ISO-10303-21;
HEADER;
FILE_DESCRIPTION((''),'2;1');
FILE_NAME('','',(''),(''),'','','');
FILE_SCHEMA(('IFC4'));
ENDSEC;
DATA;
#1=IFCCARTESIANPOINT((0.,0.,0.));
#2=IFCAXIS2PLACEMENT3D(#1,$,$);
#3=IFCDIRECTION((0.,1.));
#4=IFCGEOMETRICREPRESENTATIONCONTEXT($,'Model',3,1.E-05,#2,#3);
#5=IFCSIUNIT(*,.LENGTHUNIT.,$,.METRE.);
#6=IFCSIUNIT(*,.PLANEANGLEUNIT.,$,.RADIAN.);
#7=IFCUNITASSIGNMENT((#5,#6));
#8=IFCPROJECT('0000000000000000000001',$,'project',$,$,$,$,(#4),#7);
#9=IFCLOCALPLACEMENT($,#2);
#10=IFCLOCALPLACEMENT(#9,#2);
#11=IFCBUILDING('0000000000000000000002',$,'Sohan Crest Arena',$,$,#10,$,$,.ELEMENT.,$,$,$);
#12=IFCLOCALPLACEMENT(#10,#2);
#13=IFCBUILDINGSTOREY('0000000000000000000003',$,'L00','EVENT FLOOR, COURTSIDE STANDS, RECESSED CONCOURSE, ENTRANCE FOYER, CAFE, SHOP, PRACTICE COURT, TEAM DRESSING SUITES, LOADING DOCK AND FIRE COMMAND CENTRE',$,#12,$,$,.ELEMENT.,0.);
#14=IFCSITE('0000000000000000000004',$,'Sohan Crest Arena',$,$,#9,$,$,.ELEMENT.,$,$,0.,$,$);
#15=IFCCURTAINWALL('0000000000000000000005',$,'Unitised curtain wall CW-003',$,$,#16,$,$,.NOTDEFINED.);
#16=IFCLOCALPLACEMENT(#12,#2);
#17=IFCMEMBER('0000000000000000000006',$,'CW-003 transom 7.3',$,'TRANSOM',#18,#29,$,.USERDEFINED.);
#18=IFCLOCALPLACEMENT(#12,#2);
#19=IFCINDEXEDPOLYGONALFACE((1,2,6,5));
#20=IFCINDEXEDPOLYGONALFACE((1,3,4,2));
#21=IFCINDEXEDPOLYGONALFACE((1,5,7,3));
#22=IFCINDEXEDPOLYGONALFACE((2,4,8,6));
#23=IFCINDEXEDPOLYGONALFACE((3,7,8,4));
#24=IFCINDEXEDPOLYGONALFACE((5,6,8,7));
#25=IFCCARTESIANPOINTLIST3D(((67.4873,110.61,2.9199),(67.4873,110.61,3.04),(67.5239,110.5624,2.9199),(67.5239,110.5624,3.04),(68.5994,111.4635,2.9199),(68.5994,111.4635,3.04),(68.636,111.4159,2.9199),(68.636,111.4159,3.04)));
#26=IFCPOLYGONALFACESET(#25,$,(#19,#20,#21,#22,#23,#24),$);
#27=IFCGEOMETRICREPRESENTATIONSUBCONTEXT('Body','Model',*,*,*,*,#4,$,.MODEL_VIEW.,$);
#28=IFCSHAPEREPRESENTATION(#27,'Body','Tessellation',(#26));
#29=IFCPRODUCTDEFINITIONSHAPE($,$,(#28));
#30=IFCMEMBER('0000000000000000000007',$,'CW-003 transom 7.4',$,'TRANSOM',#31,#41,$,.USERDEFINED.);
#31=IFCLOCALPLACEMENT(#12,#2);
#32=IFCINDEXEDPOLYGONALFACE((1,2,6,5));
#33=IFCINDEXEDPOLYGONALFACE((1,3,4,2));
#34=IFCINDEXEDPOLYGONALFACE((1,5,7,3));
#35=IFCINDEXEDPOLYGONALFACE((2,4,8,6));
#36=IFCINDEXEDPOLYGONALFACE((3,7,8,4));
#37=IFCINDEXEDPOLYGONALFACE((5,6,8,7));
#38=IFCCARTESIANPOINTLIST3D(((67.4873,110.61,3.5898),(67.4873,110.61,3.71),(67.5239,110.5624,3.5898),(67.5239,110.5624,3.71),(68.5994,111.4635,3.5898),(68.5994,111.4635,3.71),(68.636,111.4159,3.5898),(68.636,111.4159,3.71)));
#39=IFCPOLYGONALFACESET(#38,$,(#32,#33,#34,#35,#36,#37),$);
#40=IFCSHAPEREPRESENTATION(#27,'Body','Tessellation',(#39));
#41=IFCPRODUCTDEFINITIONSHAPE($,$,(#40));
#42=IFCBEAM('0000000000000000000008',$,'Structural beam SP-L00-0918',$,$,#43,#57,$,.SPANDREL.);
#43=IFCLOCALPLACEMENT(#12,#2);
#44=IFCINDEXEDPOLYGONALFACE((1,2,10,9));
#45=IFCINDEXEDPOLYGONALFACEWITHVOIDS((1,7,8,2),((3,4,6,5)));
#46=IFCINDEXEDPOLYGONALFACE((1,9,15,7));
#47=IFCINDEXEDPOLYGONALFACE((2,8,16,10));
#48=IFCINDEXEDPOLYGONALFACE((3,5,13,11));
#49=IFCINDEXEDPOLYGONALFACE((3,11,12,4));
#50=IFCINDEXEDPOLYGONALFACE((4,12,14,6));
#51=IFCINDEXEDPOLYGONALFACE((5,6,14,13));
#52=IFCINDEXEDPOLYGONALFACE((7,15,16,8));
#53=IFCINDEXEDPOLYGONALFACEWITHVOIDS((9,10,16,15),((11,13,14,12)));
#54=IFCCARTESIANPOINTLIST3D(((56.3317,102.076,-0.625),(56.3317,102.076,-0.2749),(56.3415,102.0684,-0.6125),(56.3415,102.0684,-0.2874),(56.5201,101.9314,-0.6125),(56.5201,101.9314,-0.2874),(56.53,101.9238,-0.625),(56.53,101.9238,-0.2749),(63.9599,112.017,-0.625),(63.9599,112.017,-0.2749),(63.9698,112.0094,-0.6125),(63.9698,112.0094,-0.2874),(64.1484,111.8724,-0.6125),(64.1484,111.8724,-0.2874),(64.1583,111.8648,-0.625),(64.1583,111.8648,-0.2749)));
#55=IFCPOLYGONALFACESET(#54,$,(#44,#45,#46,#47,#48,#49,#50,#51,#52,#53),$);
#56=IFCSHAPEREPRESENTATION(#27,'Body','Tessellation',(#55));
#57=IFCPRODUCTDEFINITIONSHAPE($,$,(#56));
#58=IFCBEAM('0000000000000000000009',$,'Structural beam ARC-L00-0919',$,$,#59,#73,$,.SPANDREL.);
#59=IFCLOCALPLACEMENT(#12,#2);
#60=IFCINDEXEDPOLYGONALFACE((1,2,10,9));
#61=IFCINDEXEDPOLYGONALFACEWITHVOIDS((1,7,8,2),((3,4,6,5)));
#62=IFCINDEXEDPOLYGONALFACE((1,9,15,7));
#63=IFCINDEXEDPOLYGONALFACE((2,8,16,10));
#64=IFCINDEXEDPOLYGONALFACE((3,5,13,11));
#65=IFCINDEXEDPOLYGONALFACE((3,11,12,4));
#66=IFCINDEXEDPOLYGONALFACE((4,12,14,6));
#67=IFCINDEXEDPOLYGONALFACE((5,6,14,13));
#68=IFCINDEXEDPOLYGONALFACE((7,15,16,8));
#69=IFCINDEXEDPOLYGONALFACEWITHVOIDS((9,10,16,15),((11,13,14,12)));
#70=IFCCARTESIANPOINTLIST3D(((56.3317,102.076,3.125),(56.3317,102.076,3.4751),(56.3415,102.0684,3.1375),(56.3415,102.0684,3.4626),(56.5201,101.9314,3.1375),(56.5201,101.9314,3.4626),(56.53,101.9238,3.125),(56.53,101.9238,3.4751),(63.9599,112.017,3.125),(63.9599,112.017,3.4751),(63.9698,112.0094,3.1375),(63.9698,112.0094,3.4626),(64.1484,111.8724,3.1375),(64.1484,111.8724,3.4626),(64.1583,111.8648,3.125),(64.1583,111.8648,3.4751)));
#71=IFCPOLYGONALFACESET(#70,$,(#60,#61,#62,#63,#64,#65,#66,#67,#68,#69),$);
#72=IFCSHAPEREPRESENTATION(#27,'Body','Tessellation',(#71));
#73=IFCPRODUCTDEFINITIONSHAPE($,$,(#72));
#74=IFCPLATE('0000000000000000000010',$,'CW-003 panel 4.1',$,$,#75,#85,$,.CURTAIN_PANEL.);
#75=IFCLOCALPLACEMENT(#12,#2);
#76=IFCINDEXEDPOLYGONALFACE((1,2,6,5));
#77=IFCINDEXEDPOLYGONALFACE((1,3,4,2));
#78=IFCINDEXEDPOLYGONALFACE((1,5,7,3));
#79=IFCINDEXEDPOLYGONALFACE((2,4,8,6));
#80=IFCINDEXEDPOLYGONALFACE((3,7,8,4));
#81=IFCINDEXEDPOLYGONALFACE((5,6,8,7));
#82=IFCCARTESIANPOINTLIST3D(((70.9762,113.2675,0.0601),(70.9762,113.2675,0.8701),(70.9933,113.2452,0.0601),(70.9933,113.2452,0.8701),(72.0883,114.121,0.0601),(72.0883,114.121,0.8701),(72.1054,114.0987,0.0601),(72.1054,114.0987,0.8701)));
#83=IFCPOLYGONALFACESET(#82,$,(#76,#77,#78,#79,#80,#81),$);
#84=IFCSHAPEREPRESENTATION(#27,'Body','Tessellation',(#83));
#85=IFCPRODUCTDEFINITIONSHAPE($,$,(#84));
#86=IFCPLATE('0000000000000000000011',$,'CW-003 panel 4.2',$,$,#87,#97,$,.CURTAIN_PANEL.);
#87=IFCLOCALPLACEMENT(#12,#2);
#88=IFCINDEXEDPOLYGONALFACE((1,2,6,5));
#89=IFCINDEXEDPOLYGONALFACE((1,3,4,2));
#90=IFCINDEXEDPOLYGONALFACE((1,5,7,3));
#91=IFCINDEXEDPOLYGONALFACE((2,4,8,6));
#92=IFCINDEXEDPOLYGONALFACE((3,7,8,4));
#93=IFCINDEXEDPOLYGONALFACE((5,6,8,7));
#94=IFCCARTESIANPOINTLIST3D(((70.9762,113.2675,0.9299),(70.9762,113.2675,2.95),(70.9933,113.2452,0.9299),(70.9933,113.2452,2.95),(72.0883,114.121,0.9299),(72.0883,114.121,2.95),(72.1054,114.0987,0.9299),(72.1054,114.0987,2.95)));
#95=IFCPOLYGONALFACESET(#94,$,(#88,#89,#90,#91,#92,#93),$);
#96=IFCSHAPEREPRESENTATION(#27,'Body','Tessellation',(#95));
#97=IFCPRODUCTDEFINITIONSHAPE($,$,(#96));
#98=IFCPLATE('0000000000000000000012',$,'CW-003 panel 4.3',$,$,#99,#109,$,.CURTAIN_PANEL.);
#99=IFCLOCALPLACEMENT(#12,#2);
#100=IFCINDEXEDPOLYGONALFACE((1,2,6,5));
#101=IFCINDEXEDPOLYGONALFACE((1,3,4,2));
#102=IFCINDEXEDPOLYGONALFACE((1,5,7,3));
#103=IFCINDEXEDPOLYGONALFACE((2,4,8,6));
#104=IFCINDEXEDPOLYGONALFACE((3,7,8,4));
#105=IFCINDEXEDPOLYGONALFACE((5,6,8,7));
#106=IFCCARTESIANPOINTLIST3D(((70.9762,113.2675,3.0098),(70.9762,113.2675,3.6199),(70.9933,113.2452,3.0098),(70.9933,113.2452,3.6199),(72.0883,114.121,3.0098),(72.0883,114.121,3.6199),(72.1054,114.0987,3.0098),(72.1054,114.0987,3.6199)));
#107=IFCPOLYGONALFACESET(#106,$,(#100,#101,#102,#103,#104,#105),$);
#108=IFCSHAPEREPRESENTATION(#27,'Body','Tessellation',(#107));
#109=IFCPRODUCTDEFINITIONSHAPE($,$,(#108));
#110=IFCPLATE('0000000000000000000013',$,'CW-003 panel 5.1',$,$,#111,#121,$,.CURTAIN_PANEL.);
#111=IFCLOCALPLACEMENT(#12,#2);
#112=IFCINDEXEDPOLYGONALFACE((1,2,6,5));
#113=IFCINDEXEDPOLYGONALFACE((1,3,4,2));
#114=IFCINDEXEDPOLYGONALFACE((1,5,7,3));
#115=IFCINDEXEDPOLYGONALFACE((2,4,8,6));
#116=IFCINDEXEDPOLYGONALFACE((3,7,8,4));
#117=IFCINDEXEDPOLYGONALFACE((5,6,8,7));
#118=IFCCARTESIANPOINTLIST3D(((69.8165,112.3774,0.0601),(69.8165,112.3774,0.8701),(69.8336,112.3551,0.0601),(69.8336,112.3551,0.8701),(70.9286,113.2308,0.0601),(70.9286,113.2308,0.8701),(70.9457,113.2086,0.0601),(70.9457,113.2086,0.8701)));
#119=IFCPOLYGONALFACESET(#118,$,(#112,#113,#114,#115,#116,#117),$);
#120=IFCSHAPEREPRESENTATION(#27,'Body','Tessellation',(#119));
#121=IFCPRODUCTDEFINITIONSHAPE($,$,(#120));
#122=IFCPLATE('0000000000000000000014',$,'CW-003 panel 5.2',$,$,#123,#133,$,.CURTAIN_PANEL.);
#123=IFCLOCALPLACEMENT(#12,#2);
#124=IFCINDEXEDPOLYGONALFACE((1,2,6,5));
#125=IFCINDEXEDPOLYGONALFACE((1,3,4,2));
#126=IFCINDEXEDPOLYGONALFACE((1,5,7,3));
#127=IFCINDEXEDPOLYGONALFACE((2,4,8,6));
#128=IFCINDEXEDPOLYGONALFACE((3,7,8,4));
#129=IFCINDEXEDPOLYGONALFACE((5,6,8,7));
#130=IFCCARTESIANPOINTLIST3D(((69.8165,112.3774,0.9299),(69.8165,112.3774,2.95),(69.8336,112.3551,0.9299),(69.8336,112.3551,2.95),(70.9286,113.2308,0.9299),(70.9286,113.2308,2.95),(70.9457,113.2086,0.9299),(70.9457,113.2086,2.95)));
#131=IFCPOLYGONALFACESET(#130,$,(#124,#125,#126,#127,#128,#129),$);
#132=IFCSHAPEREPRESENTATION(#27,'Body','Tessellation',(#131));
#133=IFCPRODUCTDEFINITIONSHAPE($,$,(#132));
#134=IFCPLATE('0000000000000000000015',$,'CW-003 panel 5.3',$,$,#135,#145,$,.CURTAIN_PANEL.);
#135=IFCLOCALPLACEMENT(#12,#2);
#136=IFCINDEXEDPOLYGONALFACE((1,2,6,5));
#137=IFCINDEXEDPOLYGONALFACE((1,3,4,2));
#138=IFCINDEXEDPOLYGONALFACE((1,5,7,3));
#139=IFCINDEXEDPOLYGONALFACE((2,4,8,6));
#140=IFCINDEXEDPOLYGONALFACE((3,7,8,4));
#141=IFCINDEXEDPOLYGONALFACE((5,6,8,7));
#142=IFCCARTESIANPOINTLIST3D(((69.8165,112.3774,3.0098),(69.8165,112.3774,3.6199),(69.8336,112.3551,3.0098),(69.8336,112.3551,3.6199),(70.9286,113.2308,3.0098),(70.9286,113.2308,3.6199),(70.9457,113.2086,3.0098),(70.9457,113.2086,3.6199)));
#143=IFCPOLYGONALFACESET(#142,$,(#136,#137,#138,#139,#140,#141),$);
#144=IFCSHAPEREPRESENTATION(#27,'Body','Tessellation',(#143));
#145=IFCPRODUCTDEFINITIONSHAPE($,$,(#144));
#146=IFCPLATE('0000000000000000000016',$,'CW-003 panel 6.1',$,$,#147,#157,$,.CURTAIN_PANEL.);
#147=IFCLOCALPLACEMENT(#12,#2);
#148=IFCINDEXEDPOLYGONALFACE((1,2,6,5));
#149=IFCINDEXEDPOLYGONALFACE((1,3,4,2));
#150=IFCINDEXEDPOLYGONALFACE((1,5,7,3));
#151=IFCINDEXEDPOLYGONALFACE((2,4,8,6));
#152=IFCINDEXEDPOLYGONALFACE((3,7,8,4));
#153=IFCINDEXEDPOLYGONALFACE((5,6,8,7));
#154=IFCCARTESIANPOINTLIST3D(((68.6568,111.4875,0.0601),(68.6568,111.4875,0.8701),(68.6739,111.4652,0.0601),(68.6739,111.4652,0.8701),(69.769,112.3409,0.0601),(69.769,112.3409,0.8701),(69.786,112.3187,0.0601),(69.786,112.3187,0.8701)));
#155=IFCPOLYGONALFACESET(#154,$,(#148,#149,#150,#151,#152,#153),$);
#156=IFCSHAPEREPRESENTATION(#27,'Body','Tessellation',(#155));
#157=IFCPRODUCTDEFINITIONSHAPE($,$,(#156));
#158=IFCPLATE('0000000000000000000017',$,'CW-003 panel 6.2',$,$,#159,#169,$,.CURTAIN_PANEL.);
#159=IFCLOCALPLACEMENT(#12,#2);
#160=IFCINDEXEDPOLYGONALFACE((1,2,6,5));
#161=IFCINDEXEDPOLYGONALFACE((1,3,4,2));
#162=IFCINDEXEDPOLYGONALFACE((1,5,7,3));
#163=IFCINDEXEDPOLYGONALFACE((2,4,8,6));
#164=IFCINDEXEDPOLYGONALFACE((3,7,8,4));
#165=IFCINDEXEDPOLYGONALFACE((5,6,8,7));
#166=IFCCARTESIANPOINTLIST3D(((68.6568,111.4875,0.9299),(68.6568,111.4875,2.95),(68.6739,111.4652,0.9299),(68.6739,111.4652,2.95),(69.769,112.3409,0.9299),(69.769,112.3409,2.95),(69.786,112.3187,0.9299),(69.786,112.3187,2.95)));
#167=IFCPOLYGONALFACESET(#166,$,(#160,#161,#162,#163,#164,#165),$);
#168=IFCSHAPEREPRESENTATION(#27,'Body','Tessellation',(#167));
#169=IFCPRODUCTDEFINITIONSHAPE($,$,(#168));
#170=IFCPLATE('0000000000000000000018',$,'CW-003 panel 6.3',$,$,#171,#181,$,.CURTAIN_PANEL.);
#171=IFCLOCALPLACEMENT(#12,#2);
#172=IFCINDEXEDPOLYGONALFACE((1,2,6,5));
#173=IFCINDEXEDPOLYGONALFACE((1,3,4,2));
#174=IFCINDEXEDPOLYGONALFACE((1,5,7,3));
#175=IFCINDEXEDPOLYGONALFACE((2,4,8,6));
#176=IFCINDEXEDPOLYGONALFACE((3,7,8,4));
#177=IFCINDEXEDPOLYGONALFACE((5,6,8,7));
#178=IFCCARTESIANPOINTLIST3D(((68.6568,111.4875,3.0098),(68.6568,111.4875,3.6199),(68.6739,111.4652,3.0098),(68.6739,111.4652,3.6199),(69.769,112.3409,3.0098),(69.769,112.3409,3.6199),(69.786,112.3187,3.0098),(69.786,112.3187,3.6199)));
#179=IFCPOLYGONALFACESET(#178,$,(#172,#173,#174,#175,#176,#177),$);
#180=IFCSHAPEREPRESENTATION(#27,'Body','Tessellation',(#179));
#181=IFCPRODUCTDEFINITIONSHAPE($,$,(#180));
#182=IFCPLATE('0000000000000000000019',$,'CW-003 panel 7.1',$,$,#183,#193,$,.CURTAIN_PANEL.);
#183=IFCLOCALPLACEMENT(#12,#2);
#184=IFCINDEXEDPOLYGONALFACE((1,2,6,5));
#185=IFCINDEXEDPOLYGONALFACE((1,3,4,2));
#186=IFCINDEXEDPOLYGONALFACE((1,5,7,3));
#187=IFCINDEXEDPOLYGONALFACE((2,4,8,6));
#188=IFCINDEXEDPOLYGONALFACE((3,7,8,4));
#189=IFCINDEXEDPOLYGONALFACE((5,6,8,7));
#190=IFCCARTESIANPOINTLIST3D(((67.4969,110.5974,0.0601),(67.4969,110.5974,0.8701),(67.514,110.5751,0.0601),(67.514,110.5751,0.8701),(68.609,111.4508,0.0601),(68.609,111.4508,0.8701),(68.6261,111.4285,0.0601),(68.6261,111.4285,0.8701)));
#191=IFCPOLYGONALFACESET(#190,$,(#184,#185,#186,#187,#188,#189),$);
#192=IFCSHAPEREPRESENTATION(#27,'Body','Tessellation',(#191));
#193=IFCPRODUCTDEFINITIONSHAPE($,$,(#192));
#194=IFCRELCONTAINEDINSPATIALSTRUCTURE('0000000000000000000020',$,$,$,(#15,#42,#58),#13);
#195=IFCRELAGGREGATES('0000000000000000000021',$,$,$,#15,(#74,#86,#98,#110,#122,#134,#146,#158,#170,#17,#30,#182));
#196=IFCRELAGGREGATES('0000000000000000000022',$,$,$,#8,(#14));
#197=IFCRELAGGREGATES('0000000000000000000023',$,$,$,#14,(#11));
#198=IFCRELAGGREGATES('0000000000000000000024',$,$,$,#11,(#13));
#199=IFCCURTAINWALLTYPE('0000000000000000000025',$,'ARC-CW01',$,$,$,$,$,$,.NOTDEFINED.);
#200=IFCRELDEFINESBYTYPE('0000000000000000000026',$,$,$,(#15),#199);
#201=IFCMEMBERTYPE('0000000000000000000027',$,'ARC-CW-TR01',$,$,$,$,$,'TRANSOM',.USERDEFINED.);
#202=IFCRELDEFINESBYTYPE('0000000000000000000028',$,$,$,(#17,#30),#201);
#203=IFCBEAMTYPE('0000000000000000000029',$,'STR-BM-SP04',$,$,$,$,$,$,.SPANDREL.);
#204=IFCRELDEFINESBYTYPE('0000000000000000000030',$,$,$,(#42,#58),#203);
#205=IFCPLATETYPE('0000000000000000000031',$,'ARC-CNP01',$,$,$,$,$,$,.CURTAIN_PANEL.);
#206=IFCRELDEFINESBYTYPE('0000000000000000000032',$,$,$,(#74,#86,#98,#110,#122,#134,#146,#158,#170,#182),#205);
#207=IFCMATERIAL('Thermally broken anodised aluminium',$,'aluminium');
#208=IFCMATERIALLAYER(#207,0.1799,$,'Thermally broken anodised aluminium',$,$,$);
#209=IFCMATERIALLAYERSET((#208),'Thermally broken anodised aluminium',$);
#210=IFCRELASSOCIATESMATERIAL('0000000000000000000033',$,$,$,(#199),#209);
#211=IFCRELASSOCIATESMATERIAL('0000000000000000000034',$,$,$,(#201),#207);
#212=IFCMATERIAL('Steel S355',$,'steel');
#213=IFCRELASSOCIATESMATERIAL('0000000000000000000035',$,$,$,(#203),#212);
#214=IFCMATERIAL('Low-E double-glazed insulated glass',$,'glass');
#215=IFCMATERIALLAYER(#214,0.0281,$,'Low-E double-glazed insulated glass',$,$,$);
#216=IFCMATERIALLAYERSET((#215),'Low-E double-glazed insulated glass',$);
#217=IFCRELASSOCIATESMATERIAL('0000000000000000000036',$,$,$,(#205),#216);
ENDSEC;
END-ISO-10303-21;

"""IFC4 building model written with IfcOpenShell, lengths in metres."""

from ifc_helpers import new_model, si_unit, direction, frame, origin, origin_2d, place, context, subcontext, project, spatial, rectangle, hollow_rectangle, extrude, material, layer, layer_set, material_profile, profile_set, type_object, element, aggregate, save


model = new_model("IFC4")

# Units and contexts
model_context = context("Model", 3, precision=1e-05, world=origin(), true_north=direction((0.0, 1.0)))
body_context = subcontext(model_context, "Body", "Model", "MODEL_VIEW")
ifc_project = project(units=[si_unit("LENGTHUNIT", "METRE"), si_unit("PLANEANGLEUNIT", "RADIAN")], contexts=[model_context])

# Site, building, storey
site_placement = place(None, origin())
site = spatial("IfcSite", under=ifc_project, at=site_placement, Name="Sohan Crest Arena", CompositionType="ELEMENT", RefElevation=0.0)
building_placement = place(site_placement, origin())
building = spatial("IfcBuilding", under=site, at=building_placement, Name="Sohan Crest Arena", CompositionType="ELEMENT")
storey_placement = place(building_placement, origin())
storey = spatial("IfcBuildingStorey", under=building, at=storey_placement, Name="L00", Description="EVENT FLOOR, COURTSIDE STANDS, RECESSED CONCOURSE, ENTRANCE FOYER, CAFE, SHOP, PRACTICE COURT, TEAM DRESSING SUITES, LOADING DOCK AND FIRE COMMAND CENTRE", CompositionType="ELEMENT", Elevation=0.0)

# Curtain wall, members
ifc_material_1 = material(Name="Thermally broken anodised aluminium", Category="aluminium")
ifc_layer_1 = layer(ifc_material_1, 0.1799, Name="Thermally broken anodised aluminium")
ifc_layer_set_1 = layer_set([ifc_layer_1], Name="Thermally broken anodised aluminium")
curtain_wall_type = type_object("IfcCurtainWallType", Name="ARC-CW01", PredefinedType="NOTDEFINED", material=ifc_layer_set_1)
curtain_wall_placement = place(storey_placement, origin())
curtain_wall = element("IfcCurtainWall", 1, at=curtain_wall_placement, inside=storey, type_object=curtain_wall_type, Name="Unitised curtain wall CW-003", PredefinedType="NOTDEFINED")
ifc_material_profile_1 = material_profile(ifc_material_1, rectangle(XDim=0.0601, YDim=0.1201, at=origin_2d()), Name="ALU-TRAN 60x120")
ifc_profile_set_1 = profile_set([ifc_material_profile_1], Name="Thermally broken anodised aluminium")
member_type_1 = type_object("IfcMemberType", Name="ARC-CW-TR01", ElementType="TRANSOM", PredefinedType="USERDEFINED", material=ifc_profile_set_1)
member_1_placement = place(storey_placement, frame((68.6177, 111.4397, 2.98), z_axis=(-0.793284, -0.608852, 0.0), x_axis=(0.608852, -0.793284, 0.0)))
member_1 = element("IfcMember", 2, at=member_1_placement, type_object=member_type_1, Name="CW-003 transom 7.3", ObjectType="TRANSOM", PredefinedType="USERDEFINED", context=body_context, shape_type="SweptSolid", body=[
    extrude(rectangle(XDim=0.0601, YDim=0.1201, at=origin_2d()), origin(), (0.0, 0.0, 1.0), 1.4019),
])
member_2_placement = place(storey_placement, frame((68.6177, 111.4397, 3.6499), z_axis=(-0.793284, -0.608852, 0.0), x_axis=(0.608852, -0.793284, 0.0)))
member_2 = element("IfcMember", 3, at=member_2_placement, type_object=member_type_1, Name="CW-003 transom 7.4", ObjectType="TRANSOM", PredefinedType="USERDEFINED", context=body_context, shape_type="SweptSolid", body=[
    extrude(rectangle(XDim=0.0601, YDim=0.1201, at=origin_2d()), origin(), (0.0, 0.0, 1.0), 1.4019),
])

# Beams
ifc_material_2 = material(Name="Steel S355", Category="steel")
ifc_material_profile_2 = material_profile(ifc_material_2, hollow_rectangle(XDim=0.25, YDim=0.3501, WallThickness=0.0125, at=origin_2d()), Name="RHS 350x250x12.5")
ifc_profile_set_2 = profile_set([ifc_material_profile_2], Name="Steel S355")
beam_type = type_object("IfcBeamType", Name="STR-BM-SP04", PredefinedType="SPANDREL", material=ifc_profile_set_2)
for number, where, z_axis, x_axis, name in (
    (4, (64.0591, 111.9409, -0.45), (-0.608773, -0.793344, 0.0), (0.793344, -0.608773, 0.0), "Structural beam SP-L00-0918"),
    (5, (64.0591, 111.9409, 3.3), (-0.608773, -0.793344, 0.0), (0.793344, -0.608773, 0.0), "Structural beam ARC-L00-0919"),
):
    element("IfcBeam", number, at=place(storey_placement, frame(where, z_axis=z_axis, x_axis=x_axis)), inside=storey, type_object=beam_type, Name=name, PredefinedType="SPANDREL", context=body_context, shape_type="SweptSolid", body=[
        extrude(hollow_rectangle(XDim=0.25, YDim=0.3501, WallThickness=0.0125, at=origin_2d()), origin(), (0.0, 0.0, 1.0), 12.5305),
    ])

# Plates
ifc_material_3 = material(Name="Low-E double-glazed insulated glass", Category="glass")
ifc_layer_2 = layer(ifc_material_3, 0.0281, Name="Low-E double-glazed insulated glass")
ifc_layer_set_2 = layer_set([ifc_layer_2], Name="Low-E double-glazed insulated glass")
plate_type = type_object("IfcPlateType", Name="ARC-CNP01", PredefinedType="CURTAIN_PANEL", material=ifc_layer_set_2)
plate_1_placement = place(storey_placement, frame((71.5408, 113.6831, 0.0601), z_axis=(0.0, 0.0, 1.0), x_axis=(-0.793323, -0.608801, 0.0)))
plate_1 = element("IfcPlate", 6, at=plate_1_placement, type_object=plate_type, Name="CW-003 panel 4.1", PredefinedType="CURTAIN_PANEL", context=body_context, shape_type="SweptSolid", body=[
    extrude(rectangle(XDim=1.4019, YDim=0.0281, at=origin_2d()), origin(), (0.0, 0.0, 1.0), 0.8101),
])
plate_2_placement = place(storey_placement, frame((71.5408, 113.6831, 0.9299), z_axis=(0.0, 0.0, 1.0), x_axis=(-0.793323, -0.608801, 0.0)))
plate_2 = element("IfcPlate", 7, at=plate_2_placement, type_object=plate_type, Name="CW-003 panel 4.2", PredefinedType="CURTAIN_PANEL", context=body_context, shape_type="SweptSolid", body=[
    extrude(rectangle(XDim=1.4019, YDim=0.0281, at=origin_2d()), origin(), (0.0, 0.0, 1.0), 2.02),
])
plate_3_placement = place(storey_placement, frame((71.5408, 113.6831, 3.0098), z_axis=(0.0, 0.0, 1.0), x_axis=(-0.793323, -0.608801, 0.0)))
plate_3 = element("IfcPlate", 8, at=plate_3_placement, type_object=plate_type, Name="CW-003 panel 4.3", PredefinedType="CURTAIN_PANEL", context=body_context, shape_type="SweptSolid", body=[
    extrude(rectangle(XDim=1.4019, YDim=0.0281, at=origin_2d()), origin(), (0.0, 0.0, 1.0), 0.6101),
])
plate_4_placement = place(storey_placement, frame((70.3811, 112.793, 0.0601), z_axis=(0.0, 0.0, 1.0), x_axis=(-0.793323, -0.608801, 0.0)))
plate_4 = element("IfcPlate", 9, at=plate_4_placement, type_object=plate_type, Name="CW-003 panel 5.1", PredefinedType="CURTAIN_PANEL", context=body_context, shape_type="SweptSolid", body=[
    extrude(rectangle(XDim=1.4019, YDim=0.0281, at=origin_2d()), origin(), (0.0, 0.0, 1.0), 0.8101),
])
plate_5_placement = place(storey_placement, frame((70.3811, 112.793, 0.9299), z_axis=(0.0, 0.0, 1.0), x_axis=(-0.793323, -0.608801, 0.0)))
plate_5 = element("IfcPlate", 10, at=plate_5_placement, type_object=plate_type, Name="CW-003 panel 5.2", PredefinedType="CURTAIN_PANEL", context=body_context, shape_type="SweptSolid", body=[
    extrude(rectangle(XDim=1.4019, YDim=0.0281, at=origin_2d()), origin(), (0.0, 0.0, 1.0), 2.02),
])
plate_6_placement = place(storey_placement, frame((70.3811, 112.793, 3.0098), z_axis=(0.0, 0.0, 1.0), x_axis=(-0.793323, -0.608801, 0.0)))
plate_6 = element("IfcPlate", 11, at=plate_6_placement, type_object=plate_type, Name="CW-003 panel 5.3", PredefinedType="CURTAIN_PANEL", context=body_context, shape_type="SweptSolid", body=[
    extrude(rectangle(XDim=1.4019, YDim=0.0281, at=origin_2d()), origin(), (0.0, 0.0, 1.0), 0.6101),
])
plate_7_placement = place(storey_placement, frame((69.2214, 111.9031, 0.0601), z_axis=(0.0, 0.0, 1.0), x_axis=(-0.793323, -0.608801, 0.0)))
plate_7 = element("IfcPlate", 12, at=plate_7_placement, type_object=plate_type, Name="CW-003 panel 6.1", PredefinedType="CURTAIN_PANEL", context=body_context, shape_type="SweptSolid", body=[
    extrude(rectangle(XDim=1.4019, YDim=0.0281, at=origin_2d()), origin(), (0.0, 0.0, 1.0), 0.8101),
])
plate_8_placement = place(storey_placement, frame((69.2214, 111.9031, 0.9299), z_axis=(0.0, 0.0, 1.0), x_axis=(-0.793323, -0.608801, 0.0)))
plate_8 = element("IfcPlate", 13, at=plate_8_placement, type_object=plate_type, Name="CW-003 panel 6.2", PredefinedType="CURTAIN_PANEL", context=body_context, shape_type="SweptSolid", body=[
    extrude(rectangle(XDim=1.4019, YDim=0.0281, at=origin_2d()), origin(), (0.0, 0.0, 1.0), 2.02),
])
plate_9_placement = place(storey_placement, frame((69.2214, 111.9031, 3.0098), z_axis=(0.0, 0.0, 1.0), x_axis=(-0.793323, -0.608801, 0.0)))
plate_9 = element("IfcPlate", 14, at=plate_9_placement, type_object=plate_type, Name="CW-003 panel 6.3", PredefinedType="CURTAIN_PANEL", context=body_context, shape_type="SweptSolid", body=[
    extrude(rectangle(XDim=1.4019, YDim=0.0281, at=origin_2d()), origin(), (0.0, 0.0, 1.0), 0.6101),
])
plate_10_placement = place(storey_placement, frame((68.0615, 111.0129, 0.0601), z_axis=(0.0, 0.0, 1.0), x_axis=(-0.793323, -0.608801, 0.0)))
plate_10 = element("IfcPlate", 15, at=plate_10_placement, type_object=plate_type, Name="CW-003 panel 7.1", PredefinedType="CURTAIN_PANEL", context=body_context, shape_type="SweptSolid", body=[
    extrude(rectangle(XDim=1.4019, YDim=0.0281, at=origin_2d()), origin(), (0.0, 0.0, 1.0), 0.8101),
])
aggregate(curtain_wall, [plate_1, plate_2, plate_3, plate_4, plate_5, plate_6, plate_7, plate_8, plate_9, member_1, member_2, plate_10])

save(model, "model.ifc")
